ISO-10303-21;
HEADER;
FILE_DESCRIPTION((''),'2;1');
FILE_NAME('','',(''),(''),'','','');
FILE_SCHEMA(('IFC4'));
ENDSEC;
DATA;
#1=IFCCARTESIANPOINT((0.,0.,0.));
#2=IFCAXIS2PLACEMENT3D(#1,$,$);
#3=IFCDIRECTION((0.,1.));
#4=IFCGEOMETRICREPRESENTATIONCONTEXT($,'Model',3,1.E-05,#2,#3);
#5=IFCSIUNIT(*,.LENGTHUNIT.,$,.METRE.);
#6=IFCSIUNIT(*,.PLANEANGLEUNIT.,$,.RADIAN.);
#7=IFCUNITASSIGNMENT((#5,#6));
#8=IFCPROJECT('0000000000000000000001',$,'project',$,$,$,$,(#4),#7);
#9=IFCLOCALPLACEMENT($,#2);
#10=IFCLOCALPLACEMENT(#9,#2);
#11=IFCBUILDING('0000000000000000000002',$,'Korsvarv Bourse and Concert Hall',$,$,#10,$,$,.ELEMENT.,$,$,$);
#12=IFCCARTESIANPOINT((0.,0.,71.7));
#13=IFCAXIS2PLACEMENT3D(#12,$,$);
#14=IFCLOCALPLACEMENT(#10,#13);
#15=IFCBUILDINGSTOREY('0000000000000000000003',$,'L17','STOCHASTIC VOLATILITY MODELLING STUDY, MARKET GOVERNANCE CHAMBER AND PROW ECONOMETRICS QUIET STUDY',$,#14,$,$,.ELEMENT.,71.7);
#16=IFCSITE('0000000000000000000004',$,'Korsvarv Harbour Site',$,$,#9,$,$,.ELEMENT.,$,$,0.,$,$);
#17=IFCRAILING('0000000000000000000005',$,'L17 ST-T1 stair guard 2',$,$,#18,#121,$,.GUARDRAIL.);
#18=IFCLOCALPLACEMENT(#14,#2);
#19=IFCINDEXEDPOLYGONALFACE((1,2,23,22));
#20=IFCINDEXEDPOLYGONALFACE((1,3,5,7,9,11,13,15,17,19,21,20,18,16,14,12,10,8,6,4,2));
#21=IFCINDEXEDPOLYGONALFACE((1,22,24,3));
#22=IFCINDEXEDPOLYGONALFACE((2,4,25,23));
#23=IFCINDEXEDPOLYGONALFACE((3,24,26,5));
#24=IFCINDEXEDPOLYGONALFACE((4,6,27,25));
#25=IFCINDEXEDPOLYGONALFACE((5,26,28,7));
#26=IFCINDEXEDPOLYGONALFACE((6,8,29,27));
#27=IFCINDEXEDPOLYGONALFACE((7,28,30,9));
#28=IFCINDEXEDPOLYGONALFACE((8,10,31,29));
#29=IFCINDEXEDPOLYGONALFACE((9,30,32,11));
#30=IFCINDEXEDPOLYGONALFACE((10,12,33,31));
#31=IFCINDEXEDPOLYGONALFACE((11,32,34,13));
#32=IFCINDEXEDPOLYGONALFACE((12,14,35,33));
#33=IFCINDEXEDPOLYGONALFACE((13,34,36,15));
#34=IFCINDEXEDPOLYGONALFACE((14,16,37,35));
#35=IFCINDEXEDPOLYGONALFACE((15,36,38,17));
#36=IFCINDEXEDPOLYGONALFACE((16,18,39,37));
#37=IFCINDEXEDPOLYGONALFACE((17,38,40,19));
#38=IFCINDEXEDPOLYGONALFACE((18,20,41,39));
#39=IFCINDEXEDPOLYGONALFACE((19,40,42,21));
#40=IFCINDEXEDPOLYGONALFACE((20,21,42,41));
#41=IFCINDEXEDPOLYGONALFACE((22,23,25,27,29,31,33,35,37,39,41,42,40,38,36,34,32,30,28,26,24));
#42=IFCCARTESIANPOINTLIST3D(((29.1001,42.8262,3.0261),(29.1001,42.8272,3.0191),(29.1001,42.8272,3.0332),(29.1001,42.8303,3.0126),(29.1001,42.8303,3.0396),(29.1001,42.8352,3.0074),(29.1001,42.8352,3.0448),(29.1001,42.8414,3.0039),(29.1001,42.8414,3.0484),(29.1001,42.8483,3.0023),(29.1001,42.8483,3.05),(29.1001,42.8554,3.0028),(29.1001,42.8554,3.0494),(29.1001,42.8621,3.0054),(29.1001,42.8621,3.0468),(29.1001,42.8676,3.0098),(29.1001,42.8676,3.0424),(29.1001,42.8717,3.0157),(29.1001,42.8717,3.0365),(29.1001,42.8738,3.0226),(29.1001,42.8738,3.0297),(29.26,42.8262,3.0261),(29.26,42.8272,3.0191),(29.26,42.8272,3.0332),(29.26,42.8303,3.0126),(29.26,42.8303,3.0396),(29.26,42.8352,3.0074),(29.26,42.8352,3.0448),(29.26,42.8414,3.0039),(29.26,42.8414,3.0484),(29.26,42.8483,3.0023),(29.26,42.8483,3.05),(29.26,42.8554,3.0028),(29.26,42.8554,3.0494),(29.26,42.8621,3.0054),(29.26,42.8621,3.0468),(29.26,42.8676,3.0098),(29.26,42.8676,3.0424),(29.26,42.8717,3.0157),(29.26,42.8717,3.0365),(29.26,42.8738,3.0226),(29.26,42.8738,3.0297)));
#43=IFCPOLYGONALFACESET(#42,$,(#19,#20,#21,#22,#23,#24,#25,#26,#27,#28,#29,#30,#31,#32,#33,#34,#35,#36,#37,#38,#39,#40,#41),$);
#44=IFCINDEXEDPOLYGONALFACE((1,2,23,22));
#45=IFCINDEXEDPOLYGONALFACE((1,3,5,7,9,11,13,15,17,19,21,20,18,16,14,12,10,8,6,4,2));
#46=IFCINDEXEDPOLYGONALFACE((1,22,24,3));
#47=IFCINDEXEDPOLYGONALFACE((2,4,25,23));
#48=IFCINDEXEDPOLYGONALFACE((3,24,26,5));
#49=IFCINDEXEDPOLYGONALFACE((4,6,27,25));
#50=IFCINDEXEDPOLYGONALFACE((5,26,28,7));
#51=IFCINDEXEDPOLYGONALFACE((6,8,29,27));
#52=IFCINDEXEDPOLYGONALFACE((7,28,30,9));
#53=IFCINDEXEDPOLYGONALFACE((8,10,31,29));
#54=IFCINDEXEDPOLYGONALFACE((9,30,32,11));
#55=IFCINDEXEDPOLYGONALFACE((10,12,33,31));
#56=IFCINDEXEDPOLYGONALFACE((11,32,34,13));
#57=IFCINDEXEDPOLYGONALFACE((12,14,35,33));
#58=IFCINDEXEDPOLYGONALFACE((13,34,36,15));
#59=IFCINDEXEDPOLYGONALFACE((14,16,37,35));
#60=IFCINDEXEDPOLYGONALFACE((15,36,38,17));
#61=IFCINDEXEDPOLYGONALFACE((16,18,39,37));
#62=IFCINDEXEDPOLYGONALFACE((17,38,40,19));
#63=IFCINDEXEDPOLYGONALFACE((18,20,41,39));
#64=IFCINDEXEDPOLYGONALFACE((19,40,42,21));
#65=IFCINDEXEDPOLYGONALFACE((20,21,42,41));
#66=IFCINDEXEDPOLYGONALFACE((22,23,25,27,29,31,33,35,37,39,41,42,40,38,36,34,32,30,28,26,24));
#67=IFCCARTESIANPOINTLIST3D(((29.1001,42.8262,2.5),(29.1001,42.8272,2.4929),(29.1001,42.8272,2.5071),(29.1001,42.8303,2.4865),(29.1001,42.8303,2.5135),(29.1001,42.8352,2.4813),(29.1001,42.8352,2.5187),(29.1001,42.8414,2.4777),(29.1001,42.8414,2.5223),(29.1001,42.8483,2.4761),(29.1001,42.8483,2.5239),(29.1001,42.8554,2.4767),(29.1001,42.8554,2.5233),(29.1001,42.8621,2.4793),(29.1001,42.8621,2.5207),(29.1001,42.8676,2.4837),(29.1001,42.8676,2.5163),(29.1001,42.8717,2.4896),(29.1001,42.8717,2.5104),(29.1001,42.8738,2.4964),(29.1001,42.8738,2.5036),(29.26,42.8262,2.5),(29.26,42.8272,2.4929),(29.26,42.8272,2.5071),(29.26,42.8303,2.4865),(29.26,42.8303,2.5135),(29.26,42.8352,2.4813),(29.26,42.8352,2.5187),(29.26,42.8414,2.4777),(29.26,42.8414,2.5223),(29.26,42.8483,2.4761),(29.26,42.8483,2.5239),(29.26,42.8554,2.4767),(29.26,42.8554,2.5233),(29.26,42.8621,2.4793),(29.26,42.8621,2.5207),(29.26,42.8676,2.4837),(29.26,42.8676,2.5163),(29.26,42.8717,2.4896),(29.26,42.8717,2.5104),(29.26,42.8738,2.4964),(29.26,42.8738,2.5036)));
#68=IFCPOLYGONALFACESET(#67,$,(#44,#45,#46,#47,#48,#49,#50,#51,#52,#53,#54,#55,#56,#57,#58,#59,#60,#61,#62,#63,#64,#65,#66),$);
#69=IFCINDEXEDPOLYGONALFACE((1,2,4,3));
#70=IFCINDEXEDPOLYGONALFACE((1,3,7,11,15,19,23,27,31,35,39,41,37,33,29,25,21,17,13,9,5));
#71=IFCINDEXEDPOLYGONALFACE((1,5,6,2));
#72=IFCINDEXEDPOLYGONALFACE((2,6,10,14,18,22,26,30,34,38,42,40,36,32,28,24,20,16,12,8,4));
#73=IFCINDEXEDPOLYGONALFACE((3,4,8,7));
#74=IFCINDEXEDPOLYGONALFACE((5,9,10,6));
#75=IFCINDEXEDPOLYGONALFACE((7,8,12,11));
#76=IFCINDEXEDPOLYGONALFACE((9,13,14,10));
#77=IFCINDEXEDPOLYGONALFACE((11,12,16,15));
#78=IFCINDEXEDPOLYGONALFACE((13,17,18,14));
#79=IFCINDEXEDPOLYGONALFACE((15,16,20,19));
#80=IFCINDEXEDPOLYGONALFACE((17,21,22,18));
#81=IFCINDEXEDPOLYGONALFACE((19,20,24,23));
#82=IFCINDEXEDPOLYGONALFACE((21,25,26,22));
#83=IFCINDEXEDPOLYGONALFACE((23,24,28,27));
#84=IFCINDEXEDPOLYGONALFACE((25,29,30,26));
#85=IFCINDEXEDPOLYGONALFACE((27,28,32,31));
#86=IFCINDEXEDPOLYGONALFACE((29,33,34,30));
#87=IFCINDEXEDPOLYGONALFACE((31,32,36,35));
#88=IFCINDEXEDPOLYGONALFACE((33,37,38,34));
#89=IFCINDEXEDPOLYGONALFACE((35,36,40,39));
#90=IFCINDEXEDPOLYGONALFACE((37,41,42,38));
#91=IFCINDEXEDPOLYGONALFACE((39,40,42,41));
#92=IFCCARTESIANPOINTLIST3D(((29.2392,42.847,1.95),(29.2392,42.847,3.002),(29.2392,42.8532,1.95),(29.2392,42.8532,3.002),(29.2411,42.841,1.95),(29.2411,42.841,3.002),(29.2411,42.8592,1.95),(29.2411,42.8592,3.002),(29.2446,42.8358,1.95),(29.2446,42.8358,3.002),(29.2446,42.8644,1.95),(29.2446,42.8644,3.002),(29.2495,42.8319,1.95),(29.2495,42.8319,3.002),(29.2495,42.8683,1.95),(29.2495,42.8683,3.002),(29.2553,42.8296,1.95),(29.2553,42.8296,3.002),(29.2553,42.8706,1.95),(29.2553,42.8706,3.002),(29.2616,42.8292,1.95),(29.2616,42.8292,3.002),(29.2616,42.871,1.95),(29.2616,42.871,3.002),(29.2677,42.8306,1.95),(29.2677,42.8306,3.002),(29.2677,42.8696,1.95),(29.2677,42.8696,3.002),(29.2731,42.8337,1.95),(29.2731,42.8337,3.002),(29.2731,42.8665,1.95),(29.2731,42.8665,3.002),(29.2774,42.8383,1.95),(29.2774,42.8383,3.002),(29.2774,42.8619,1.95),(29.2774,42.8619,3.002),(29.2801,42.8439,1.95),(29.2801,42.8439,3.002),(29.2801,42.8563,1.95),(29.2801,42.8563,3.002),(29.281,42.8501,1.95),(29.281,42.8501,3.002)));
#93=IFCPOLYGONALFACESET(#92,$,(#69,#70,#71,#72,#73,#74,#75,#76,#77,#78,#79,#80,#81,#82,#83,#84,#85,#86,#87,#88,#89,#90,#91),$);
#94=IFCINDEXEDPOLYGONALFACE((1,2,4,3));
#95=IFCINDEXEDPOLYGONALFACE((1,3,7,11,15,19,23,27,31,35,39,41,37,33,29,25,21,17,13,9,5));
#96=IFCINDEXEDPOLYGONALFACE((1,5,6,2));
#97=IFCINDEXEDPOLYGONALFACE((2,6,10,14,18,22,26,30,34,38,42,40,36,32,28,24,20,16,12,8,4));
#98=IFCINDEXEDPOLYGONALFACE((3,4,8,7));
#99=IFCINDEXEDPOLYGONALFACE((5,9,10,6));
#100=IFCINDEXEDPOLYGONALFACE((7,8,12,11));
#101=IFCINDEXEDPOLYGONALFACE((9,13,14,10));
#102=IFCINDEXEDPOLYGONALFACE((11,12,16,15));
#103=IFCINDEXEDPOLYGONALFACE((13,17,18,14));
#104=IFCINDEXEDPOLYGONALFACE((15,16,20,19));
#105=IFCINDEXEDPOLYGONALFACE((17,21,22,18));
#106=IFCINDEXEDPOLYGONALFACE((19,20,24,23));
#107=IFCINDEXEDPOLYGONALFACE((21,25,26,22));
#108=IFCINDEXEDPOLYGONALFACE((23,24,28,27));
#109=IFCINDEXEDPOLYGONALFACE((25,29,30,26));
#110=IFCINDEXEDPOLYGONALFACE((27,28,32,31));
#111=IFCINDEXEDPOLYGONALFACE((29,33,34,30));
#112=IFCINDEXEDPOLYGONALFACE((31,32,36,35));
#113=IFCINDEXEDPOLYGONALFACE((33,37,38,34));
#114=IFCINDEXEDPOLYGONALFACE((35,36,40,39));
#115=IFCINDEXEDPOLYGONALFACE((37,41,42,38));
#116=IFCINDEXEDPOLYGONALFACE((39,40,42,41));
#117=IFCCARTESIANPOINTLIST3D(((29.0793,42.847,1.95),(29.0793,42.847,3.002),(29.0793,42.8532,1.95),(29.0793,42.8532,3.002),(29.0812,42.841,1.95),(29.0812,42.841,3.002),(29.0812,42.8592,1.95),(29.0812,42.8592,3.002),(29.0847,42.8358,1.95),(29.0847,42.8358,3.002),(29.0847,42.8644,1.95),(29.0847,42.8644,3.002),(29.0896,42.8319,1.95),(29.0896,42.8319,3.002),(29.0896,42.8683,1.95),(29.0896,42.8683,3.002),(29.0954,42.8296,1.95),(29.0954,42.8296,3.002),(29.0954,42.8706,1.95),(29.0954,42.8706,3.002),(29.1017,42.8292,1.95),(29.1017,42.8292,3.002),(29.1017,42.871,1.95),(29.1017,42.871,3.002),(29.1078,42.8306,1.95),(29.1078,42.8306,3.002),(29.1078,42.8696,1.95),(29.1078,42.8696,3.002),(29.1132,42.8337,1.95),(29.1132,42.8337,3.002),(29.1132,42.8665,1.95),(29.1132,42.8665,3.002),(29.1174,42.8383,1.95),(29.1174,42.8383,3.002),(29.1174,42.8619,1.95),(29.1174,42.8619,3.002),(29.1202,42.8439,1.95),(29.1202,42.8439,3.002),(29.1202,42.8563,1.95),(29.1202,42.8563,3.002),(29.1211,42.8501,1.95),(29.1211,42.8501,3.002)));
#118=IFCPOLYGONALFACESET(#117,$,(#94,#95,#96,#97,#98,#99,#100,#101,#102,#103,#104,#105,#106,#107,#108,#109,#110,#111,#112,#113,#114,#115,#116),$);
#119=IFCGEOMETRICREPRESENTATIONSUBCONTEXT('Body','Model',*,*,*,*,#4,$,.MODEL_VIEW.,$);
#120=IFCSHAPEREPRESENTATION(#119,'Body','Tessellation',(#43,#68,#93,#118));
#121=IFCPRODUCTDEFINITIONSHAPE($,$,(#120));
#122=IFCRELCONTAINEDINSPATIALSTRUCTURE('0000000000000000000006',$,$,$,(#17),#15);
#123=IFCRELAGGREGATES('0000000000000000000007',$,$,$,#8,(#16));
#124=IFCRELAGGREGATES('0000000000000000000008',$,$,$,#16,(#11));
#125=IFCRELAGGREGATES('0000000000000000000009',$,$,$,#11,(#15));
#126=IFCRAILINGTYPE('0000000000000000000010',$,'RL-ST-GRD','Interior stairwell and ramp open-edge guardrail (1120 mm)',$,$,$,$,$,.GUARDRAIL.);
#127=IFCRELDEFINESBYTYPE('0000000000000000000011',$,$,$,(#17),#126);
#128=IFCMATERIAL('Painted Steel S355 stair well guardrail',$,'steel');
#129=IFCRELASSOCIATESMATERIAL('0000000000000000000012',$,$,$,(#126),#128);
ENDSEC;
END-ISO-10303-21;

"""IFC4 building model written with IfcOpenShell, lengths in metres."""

from ifc_helpers import new_model, si_unit, direction, frame, origin, origin_2d, place, context, subcontext, project, spatial, circle, extrude, material, type_object, element, save


model = new_model("IFC4")

# Units and contexts
model_context = context("Model", 3, precision=1e-05, world=origin(), true_north=direction((0.0, 1.0)))
body_context = subcontext(model_context, "Body", "Model", "MODEL_VIEW")
ifc_project = project(units=[si_unit("LENGTHUNIT", "METRE"), si_unit("PLANEANGLEUNIT", "RADIAN")], contexts=[model_context])

# Site, building, storey
site_placement = place(None, origin())
site = spatial("IfcSite", under=ifc_project, at=site_placement, Name="Korsvarv Harbour Site", CompositionType="ELEMENT", RefElevation=0.0)
building_placement = place(site_placement, origin())
building = spatial("IfcBuilding", under=site, at=building_placement, Name="Korsvarv Bourse and Concert Hall", CompositionType="ELEMENT")
storey_placement = place(building_placement, frame((0.0, 0.0, 71.7)))
storey = spatial("IfcBuildingStorey", under=building, at=storey_placement, Name="L17", Description="STOCHASTIC VOLATILITY MODELLING STUDY, MARKET GOVERNANCE CHAMBER AND PROW ECONOMETRICS QUIET STUDY", CompositionType="ELEMENT", Elevation=71.7)

# Railing
ifc_material_1 = material(Name="Painted Steel S355 stair well guardrail", Category="steel")
railing_type_1 = type_object("IfcRailingType", Name="RL-ST-GRD", Description="Interior stairwell and ramp open-edge guardrail (1120 mm)", PredefinedType="GUARDRAIL", material=ifc_material_1)
railing_1_placement = place(storey_placement, frame((29.26, 42.8501, 1.95)))
element("IfcRailing", 1, at=railing_1_placement, inside=storey, type_object=railing_type_1, Name="L17 ST-T1 stair guard 2", PredefinedType="GUARDRAIL", context=body_context, shape_type="SweptSolid", body=[
    extrude(circle(Radius=0.0239, at=origin_2d()), frame((0.0, 0.0, 1.0762), z_axis=(-1.0, 0.0, 0.0), x_axis=(0.0, -1.0, 0.0)), (0.0, 0.0, 1.0), 0.1599),
    extrude(circle(Radius=0.0239, at=origin_2d()), frame((0.0, 0.0, 0.55), z_axis=(-1.0, 0.0, 0.0), x_axis=(0.0, -1.0, 0.0)), (0.0, 0.0, 1.0), 0.1599),
    extrude(circle(Radius=0.021, at=origin_2d()), origin(), (0.0, 0.0, 1.0), 1.052),
    extrude(circle(Radius=0.021, at=origin_2d()), frame((-0.1599, 0.0, 0.0)), (0.0, 0.0, 1.0), 1.052),
])

save(model, "model.ifc")
